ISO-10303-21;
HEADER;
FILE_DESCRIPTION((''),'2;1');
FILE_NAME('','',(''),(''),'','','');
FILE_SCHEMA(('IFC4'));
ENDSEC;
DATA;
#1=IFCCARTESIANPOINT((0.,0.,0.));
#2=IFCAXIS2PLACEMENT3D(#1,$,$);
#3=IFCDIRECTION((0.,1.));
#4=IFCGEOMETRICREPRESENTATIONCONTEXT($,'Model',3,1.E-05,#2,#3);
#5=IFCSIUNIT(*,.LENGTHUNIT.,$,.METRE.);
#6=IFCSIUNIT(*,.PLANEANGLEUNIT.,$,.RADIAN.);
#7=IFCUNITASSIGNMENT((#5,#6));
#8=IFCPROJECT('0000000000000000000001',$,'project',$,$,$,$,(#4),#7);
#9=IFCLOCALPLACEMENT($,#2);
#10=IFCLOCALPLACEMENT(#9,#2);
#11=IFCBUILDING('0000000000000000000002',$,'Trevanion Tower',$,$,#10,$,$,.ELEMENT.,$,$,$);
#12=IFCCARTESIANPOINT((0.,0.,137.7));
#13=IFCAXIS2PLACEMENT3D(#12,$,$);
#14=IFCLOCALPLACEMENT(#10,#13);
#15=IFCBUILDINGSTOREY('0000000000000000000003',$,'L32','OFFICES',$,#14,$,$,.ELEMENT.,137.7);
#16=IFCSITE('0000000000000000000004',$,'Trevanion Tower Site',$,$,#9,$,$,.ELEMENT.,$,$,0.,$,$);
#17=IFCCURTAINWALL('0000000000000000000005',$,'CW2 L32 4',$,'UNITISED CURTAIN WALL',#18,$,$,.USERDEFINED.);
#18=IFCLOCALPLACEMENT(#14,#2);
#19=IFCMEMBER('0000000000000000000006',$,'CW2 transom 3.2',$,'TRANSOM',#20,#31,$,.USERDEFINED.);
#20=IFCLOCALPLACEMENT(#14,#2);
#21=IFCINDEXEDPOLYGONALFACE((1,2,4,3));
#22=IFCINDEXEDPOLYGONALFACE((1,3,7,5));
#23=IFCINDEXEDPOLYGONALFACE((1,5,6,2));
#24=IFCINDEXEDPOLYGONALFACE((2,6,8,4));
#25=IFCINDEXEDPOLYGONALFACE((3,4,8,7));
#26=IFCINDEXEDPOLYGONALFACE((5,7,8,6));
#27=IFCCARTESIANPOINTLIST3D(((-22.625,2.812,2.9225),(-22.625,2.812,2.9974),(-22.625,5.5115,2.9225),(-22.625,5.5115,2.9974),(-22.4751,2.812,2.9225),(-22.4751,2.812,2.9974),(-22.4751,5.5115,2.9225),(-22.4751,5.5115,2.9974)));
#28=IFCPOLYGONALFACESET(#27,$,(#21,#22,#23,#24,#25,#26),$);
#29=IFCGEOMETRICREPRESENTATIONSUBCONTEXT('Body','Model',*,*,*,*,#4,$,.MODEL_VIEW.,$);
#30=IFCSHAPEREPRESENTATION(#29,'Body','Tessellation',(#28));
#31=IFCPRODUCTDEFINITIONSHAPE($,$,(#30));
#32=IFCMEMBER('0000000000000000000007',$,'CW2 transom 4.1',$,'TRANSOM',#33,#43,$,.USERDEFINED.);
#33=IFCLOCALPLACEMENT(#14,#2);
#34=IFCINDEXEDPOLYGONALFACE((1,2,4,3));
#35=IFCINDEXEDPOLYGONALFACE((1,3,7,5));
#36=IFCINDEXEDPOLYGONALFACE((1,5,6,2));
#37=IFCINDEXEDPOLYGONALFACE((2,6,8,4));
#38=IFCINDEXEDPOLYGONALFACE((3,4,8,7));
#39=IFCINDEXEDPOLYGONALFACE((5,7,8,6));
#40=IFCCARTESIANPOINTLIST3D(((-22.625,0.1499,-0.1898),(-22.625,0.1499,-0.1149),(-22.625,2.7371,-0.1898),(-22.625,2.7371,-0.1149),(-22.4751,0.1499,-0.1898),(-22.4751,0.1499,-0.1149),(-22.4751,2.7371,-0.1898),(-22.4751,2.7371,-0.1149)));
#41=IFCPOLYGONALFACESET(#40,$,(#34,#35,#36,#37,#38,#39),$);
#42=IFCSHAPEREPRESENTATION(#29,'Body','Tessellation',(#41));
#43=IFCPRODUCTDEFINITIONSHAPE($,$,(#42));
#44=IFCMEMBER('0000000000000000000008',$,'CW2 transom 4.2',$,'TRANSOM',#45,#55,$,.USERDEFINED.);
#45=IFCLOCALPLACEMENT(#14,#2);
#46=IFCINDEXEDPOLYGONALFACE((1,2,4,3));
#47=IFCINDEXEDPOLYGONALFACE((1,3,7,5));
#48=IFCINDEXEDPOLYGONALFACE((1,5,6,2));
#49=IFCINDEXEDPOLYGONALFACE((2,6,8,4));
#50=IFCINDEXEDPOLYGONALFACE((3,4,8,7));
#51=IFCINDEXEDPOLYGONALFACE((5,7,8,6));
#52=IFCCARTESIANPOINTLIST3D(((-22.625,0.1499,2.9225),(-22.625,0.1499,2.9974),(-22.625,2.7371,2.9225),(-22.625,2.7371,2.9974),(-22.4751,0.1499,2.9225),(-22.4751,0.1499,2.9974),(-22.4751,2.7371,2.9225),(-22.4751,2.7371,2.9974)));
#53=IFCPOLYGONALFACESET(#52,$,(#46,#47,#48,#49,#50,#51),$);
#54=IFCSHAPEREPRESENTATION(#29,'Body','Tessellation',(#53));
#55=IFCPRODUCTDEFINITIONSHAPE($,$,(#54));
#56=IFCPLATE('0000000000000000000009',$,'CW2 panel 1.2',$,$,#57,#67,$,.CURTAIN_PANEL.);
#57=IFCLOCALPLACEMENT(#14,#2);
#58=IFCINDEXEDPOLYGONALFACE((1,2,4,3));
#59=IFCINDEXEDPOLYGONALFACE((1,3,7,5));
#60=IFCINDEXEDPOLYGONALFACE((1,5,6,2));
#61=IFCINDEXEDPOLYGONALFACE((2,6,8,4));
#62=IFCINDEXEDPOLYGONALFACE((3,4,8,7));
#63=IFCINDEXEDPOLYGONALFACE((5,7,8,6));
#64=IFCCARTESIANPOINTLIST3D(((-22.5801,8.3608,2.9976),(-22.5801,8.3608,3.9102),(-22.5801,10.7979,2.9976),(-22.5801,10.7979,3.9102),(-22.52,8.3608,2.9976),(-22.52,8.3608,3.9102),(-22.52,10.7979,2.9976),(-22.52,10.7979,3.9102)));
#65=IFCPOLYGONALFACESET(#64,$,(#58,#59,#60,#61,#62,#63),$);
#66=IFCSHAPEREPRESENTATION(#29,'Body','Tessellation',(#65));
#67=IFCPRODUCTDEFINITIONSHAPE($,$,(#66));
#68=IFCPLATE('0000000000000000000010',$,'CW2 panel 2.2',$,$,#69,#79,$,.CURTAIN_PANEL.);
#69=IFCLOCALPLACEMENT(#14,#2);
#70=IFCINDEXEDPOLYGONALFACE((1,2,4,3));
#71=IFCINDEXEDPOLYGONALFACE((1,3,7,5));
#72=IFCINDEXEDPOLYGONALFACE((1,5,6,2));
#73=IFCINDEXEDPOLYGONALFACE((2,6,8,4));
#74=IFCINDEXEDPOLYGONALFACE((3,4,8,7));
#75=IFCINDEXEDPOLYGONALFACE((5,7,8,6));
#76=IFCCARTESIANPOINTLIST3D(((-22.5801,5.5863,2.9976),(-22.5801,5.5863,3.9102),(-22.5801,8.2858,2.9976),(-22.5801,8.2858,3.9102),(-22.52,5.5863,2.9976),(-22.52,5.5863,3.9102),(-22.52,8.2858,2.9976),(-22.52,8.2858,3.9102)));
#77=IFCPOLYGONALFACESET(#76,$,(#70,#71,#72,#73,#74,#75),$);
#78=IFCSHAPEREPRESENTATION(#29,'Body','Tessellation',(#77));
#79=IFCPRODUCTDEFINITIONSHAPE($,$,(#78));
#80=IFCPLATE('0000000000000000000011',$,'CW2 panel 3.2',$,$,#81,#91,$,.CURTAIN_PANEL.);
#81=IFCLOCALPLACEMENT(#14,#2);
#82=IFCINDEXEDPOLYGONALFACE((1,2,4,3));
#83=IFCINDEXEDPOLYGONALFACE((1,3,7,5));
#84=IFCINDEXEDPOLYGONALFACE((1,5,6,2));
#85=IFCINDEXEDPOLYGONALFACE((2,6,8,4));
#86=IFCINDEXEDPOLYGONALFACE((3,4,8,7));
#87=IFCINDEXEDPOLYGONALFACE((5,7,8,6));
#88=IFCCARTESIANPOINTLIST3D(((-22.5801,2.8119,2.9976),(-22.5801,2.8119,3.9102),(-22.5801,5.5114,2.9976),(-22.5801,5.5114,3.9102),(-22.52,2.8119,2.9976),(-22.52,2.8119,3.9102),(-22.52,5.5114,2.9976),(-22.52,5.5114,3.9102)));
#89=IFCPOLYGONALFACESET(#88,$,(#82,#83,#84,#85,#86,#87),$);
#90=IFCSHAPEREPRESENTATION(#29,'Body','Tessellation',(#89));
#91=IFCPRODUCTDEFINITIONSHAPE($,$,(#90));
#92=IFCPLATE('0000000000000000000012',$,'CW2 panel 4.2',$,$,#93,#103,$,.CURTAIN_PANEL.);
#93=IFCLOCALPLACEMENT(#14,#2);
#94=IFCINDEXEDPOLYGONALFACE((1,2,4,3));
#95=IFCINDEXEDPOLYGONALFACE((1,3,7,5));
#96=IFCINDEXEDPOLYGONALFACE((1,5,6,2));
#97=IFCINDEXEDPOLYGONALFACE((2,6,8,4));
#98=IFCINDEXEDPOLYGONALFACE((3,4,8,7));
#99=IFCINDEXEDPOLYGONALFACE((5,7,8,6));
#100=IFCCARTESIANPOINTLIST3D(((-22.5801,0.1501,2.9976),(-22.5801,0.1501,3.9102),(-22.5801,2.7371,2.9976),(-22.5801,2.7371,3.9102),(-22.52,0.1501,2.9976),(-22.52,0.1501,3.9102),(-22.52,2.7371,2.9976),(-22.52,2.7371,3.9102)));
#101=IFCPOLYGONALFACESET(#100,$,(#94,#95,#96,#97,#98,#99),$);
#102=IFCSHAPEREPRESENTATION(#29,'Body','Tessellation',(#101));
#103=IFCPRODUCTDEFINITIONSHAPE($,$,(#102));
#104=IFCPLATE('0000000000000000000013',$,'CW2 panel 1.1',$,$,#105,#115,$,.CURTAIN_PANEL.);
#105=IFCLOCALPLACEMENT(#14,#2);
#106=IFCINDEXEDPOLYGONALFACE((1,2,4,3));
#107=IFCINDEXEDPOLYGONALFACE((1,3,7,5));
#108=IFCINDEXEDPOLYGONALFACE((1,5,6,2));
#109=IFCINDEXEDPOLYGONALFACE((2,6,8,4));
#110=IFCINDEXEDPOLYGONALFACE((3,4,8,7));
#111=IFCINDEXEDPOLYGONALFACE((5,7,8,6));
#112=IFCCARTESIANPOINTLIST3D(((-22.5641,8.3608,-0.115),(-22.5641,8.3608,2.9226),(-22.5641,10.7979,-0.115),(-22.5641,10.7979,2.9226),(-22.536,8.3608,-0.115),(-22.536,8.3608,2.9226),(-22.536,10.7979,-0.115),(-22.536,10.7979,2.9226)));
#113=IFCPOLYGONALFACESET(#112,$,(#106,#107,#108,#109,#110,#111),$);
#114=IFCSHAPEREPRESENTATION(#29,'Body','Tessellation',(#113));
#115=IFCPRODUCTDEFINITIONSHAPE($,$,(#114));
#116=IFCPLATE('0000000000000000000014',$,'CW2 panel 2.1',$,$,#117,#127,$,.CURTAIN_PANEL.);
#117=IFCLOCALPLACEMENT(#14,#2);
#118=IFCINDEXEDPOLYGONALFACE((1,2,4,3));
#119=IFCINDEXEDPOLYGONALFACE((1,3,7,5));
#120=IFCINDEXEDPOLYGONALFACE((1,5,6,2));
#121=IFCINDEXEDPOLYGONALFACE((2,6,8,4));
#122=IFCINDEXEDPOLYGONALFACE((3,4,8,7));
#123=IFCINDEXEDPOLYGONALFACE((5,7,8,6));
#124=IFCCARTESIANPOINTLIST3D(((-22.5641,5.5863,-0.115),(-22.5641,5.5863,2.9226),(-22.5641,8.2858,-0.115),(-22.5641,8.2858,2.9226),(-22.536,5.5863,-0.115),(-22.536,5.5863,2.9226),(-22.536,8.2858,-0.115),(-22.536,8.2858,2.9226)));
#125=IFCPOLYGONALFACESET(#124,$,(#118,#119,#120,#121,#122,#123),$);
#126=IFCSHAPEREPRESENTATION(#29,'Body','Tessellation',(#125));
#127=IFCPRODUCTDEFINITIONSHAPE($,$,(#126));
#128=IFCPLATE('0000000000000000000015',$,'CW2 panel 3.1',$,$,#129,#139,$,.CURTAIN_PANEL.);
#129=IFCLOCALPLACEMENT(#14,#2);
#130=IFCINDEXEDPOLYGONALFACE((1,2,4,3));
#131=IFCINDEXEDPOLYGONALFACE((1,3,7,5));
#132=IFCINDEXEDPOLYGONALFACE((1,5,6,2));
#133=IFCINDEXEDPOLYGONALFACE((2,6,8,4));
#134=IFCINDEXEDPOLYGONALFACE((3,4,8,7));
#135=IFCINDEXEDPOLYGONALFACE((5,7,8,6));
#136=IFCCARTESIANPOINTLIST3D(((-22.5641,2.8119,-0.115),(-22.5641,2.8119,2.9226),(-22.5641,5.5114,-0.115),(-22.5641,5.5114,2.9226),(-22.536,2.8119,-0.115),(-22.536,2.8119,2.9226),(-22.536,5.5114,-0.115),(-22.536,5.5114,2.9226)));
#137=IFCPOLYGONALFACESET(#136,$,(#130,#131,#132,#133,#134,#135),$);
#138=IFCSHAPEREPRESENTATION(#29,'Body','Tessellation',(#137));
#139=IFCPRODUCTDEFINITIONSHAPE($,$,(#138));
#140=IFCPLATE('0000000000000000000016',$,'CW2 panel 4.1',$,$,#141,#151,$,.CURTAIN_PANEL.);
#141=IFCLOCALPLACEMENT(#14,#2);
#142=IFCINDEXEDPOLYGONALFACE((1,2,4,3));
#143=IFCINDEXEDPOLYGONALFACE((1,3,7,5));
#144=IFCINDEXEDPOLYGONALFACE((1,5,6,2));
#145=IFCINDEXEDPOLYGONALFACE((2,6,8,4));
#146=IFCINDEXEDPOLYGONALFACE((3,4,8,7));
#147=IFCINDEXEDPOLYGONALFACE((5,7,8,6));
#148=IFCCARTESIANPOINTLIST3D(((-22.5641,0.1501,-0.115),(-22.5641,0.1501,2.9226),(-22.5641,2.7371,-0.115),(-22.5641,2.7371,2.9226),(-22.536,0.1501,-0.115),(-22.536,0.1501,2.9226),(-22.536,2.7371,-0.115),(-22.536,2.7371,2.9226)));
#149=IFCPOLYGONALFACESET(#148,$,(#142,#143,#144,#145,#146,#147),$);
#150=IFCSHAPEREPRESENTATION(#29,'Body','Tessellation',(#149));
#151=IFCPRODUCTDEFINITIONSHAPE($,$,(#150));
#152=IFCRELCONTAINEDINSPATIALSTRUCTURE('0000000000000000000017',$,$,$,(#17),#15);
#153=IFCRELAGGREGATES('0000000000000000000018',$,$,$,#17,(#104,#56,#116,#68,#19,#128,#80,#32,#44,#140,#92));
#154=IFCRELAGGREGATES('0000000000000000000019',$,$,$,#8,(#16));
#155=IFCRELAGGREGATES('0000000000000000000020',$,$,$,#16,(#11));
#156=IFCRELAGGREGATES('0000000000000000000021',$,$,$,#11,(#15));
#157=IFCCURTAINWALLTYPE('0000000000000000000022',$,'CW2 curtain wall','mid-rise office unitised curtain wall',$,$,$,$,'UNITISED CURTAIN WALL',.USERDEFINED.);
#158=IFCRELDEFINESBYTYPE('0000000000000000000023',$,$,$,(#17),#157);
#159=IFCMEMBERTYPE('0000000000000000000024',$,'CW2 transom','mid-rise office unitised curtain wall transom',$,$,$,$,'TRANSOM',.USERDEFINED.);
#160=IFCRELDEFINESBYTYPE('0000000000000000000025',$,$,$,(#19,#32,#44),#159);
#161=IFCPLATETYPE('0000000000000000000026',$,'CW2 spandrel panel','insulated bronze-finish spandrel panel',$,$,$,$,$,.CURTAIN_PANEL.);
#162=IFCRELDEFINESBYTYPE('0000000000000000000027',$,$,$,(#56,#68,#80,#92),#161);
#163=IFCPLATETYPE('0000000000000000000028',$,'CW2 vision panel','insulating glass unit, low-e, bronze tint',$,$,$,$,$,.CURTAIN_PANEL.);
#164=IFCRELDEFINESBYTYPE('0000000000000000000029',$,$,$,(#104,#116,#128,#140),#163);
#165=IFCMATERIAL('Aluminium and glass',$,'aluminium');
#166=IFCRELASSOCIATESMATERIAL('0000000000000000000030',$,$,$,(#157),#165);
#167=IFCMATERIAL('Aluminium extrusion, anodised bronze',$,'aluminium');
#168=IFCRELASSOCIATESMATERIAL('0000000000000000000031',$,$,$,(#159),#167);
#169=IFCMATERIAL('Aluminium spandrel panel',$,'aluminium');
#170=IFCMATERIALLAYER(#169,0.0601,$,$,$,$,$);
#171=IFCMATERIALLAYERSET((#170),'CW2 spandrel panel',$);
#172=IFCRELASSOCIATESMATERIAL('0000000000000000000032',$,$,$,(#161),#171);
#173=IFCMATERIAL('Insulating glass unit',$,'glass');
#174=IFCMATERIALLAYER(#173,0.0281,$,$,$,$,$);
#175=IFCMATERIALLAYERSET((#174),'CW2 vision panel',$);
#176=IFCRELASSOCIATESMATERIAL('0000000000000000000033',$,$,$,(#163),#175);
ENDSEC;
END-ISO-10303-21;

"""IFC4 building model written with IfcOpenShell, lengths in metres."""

from ifc_helpers import new_model, si_unit, direction, frame, origin, origin_2d, place, context, subcontext, project, spatial, rectangle, extrude, material, layer, layer_set, material_profile, profile_set, type_object, element, aggregate, save


model = new_model("IFC4")

# Units and contexts
model_context = context("Model", 3, precision=1e-05, world=origin(), true_north=direction((0.0, 1.0)))
body_context = subcontext(model_context, "Body", "Model", "MODEL_VIEW")
ifc_project = project(units=[si_unit("LENGTHUNIT", "METRE"), si_unit("PLANEANGLEUNIT", "RADIAN")], contexts=[model_context])

# Site, building, storey
site_placement = place(None, origin())
site = spatial("IfcSite", under=ifc_project, at=site_placement, Name="Trevanion Tower Site", CompositionType="ELEMENT", RefElevation=0.0)
building_placement = place(site_placement, origin())
building = spatial("IfcBuilding", under=site, at=building_placement, Name="Trevanion Tower", CompositionType="ELEMENT")
storey_placement = place(building_placement, frame((0.0, 0.0, 137.7)))
storey = spatial("IfcBuildingStorey", under=building, at=storey_placement, Name="L32", Description="OFFICES", CompositionType="ELEMENT", Elevation=137.7)

# Curtain wall, members, plates
ifc_material_1 = material(Name="Aluminium and glass", Category="aluminium")
curtain_wall_type = type_object("IfcCurtainWallType", Name="CW2 curtain wall", Description="mid-rise office unitised curtain wall", ElementType="UNITISED CURTAIN WALL", PredefinedType="USERDEFINED", material=ifc_material_1)
curtain_wall_placement = place(storey_placement, origin())
curtain_wall = element("IfcCurtainWall", 1, at=curtain_wall_placement, inside=storey, type_object=curtain_wall_type, Name="CW2 L32 4", ObjectType="UNITISED CURTAIN WALL", PredefinedType="USERDEFINED")
ifc_material_2 = material(Name="Aluminium extrusion, anodised bronze", Category="aluminium")
ifc_material_profile_1 = material_profile(ifc_material_2, rectangle(XDim=0.1499, YDim=0.075, at=origin_2d()), Name="CW2 transom")
ifc_profile_set_1 = profile_set([ifc_material_profile_1], Name="Aluminium extrusion, anodised bronze")
member_type_1 = type_object("IfcMemberType", Name="CW2 transom", Description="mid-rise office unitised curtain wall transom", ElementType="TRANSOM", PredefinedType="USERDEFINED", material=ifc_profile_set_1)
member_1_placement = place(storey_placement, frame((-22.55, 5.5115, 2.96), z_axis=(0.0, -1.0, 0.0), x_axis=(1.0, 0.0, 0.0)))
member_1 = element("IfcMember", 2, at=member_1_placement, type_object=member_type_1, Name="CW2 transom 3.2", ObjectType="TRANSOM", PredefinedType="USERDEFINED", context=body_context, shape_type="SweptSolid", body=[
    extrude(rectangle(XDim=0.1499, YDim=0.075, at=origin_2d()), origin(), (0.0, 0.0, 1.0), 2.6995),
])
member_2_placement = place(storey_placement, frame((-22.55, 2.7371, -0.1523), z_axis=(0.0, -1.0, 0.0), x_axis=(1.0, 0.0, 0.0)))
member_2 = element("IfcMember", 3, at=member_2_placement, type_object=member_type_1, Name="CW2 transom 4.1", ObjectType="TRANSOM", PredefinedType="USERDEFINED", context=body_context, shape_type="SweptSolid", body=[
    extrude(rectangle(XDim=0.1499, YDim=0.075, at=origin_2d()), origin(), (0.0, 0.0, 1.0), 2.5872),
])
member_3_placement = place(storey_placement, frame((-22.55, 2.7371, 2.96), z_axis=(0.0, -1.0, 0.0), x_axis=(1.0, 0.0, 0.0)))
member_3 = element("IfcMember", 4, at=member_3_placement, type_object=member_type_1, Name="CW2 transom 4.2", ObjectType="TRANSOM", PredefinedType="USERDEFINED", context=body_context, shape_type="SweptSolid", body=[
    extrude(rectangle(XDim=0.1499, YDim=0.075, at=origin_2d()), origin(), (0.0, 0.0, 1.0), 2.5872),
])
ifc_material_3 = material(Name="Aluminium spandrel panel", Category="aluminium")
ifc_layer_1 = layer(ifc_material_3, 0.0601)
ifc_layer_set_1 = layer_set([ifc_layer_1], Name="CW2 spandrel panel")
plate_type_1 = type_object("IfcPlateType", Name="CW2 spandrel panel", Description="insulated bronze-finish spandrel panel", PredefinedType="CURTAIN_PANEL", material=ifc_layer_set_1)
plate_1_placement = place(storey_placement, frame((-22.55, 9.5793, 2.9976), z_axis=(0.0, 0.0, 1.0), x_axis=(0.0, -1.0, 0.0)))
plate_1 = element("IfcPlate", 5, at=plate_1_placement, type_object=plate_type_1, Name="CW2 panel 1.2", PredefinedType="CURTAIN_PANEL", context=body_context, shape_type="SweptSolid", body=[
    extrude(rectangle(XDim=2.437, YDim=0.0601, at=origin_2d()), origin(), (0.0, 0.0, 1.0), 0.9126),
])
plate_2_placement = place(storey_placement, frame((-22.55, 6.936, 2.9976), z_axis=(0.0, 0.0, 1.0), x_axis=(0.0, -1.0, 0.0)))
plate_2 = element("IfcPlate", 6, at=plate_2_placement, type_object=plate_type_1, Name="CW2 panel 2.2", PredefinedType="CURTAIN_PANEL", context=body_context, shape_type="SweptSolid", body=[
    extrude(rectangle(XDim=2.6995, YDim=0.0601, at=origin_2d()), origin(), (0.0, 0.0, 1.0), 0.9126),
])
plate_3_placement = place(storey_placement, frame((-22.55, 4.1616, 2.9976), z_axis=(0.0, 0.0, 1.0), x_axis=(0.0, -1.0, 0.0)))
plate_3 = element("IfcPlate", 7, at=plate_3_placement, type_object=plate_type_1, Name="CW2 panel 3.2", PredefinedType="CURTAIN_PANEL", context=body_context, shape_type="SweptSolid", body=[
    extrude(rectangle(XDim=2.6995, YDim=0.0601, at=origin_2d()), origin(), (0.0, 0.0, 1.0), 0.9126),
])
plate_4_placement = place(storey_placement, frame((-22.55, 1.4436, 2.9976), z_axis=(0.0, 0.0, 1.0), x_axis=(0.0, -1.0, 0.0)))
plate_4 = element("IfcPlate", 8, at=plate_4_placement, type_object=plate_type_1, Name="CW2 panel 4.2", PredefinedType="CURTAIN_PANEL", context=body_context, shape_type="SweptSolid", body=[
    extrude(rectangle(XDim=2.5869, YDim=0.0601, at=origin_2d()), origin(), (0.0, 0.0, 1.0), 0.9126),
])
ifc_material_4 = material(Name="Insulating glass unit", Category="glass")
ifc_layer_2 = layer(ifc_material_4, 0.0281)
ifc_layer_set_2 = layer_set([ifc_layer_2], Name="CW2 vision panel")
plate_type_2 = type_object("IfcPlateType", Name="CW2 vision panel", Description="insulating glass unit, low-e, bronze tint", PredefinedType="CURTAIN_PANEL", material=ifc_layer_set_2)
plate_5_placement = place(storey_placement, frame((-22.55, 9.5793, -0.115), z_axis=(0.0, 0.0, 1.0), x_axis=(0.0, -1.0, 0.0)))
plate_5 = element("IfcPlate", 9, at=plate_5_placement, type_object=plate_type_2, Name="CW2 panel 1.1", PredefinedType="CURTAIN_PANEL", context=body_context, shape_type="SweptSolid", body=[
    extrude(rectangle(XDim=2.437, YDim=0.0281, at=origin_2d()), origin(), (0.0, 0.0, 1.0), 3.0376),
])
plate_6_placement = place(storey_placement, frame((-22.55, 6.936, -0.115), z_axis=(0.0, 0.0, 1.0), x_axis=(0.0, -1.0, 0.0)))
plate_6 = element("IfcPlate", 10, at=plate_6_placement, type_object=plate_type_2, Name="CW2 panel 2.1", PredefinedType="CURTAIN_PANEL", context=body_context, shape_type="SweptSolid", body=[
    extrude(rectangle(XDim=2.6995, YDim=0.0281, at=origin_2d()), origin(), (0.0, 0.0, 1.0), 3.0376),
])
plate_7_placement = place(storey_placement, frame((-22.55, 4.1616, -0.115), z_axis=(0.0, 0.0, 1.0), x_axis=(0.0, -1.0, 0.0)))
plate_7 = element("IfcPlate", 11, at=plate_7_placement, type_object=plate_type_2, Name="CW2 panel 3.1", PredefinedType="CURTAIN_PANEL", context=body_context, shape_type="SweptSolid", body=[
    extrude(rectangle(XDim=2.6995, YDim=0.0281, at=origin_2d()), origin(), (0.0, 0.0, 1.0), 3.0376),
])
plate_8_placement = place(storey_placement, frame((-22.55, 1.4436, -0.115), z_axis=(0.0, 0.0, 1.0), x_axis=(0.0, -1.0, 0.0)))
plate_8 = element("IfcPlate", 12, at=plate_8_placement, type_object=plate_type_2, Name="CW2 panel 4.1", PredefinedType="CURTAIN_PANEL", context=body_context, shape_type="SweptSolid", body=[
    extrude(rectangle(XDim=2.5869, YDim=0.0281, at=origin_2d()), origin(), (0.0, 0.0, 1.0), 3.0376),
])
aggregate(curtain_wall, [plate_5, plate_1, plate_6, plate_2, member_1, plate_7, plate_3, member_2, member_3, plate_8, plate_4])

save(model, "model.ifc")
